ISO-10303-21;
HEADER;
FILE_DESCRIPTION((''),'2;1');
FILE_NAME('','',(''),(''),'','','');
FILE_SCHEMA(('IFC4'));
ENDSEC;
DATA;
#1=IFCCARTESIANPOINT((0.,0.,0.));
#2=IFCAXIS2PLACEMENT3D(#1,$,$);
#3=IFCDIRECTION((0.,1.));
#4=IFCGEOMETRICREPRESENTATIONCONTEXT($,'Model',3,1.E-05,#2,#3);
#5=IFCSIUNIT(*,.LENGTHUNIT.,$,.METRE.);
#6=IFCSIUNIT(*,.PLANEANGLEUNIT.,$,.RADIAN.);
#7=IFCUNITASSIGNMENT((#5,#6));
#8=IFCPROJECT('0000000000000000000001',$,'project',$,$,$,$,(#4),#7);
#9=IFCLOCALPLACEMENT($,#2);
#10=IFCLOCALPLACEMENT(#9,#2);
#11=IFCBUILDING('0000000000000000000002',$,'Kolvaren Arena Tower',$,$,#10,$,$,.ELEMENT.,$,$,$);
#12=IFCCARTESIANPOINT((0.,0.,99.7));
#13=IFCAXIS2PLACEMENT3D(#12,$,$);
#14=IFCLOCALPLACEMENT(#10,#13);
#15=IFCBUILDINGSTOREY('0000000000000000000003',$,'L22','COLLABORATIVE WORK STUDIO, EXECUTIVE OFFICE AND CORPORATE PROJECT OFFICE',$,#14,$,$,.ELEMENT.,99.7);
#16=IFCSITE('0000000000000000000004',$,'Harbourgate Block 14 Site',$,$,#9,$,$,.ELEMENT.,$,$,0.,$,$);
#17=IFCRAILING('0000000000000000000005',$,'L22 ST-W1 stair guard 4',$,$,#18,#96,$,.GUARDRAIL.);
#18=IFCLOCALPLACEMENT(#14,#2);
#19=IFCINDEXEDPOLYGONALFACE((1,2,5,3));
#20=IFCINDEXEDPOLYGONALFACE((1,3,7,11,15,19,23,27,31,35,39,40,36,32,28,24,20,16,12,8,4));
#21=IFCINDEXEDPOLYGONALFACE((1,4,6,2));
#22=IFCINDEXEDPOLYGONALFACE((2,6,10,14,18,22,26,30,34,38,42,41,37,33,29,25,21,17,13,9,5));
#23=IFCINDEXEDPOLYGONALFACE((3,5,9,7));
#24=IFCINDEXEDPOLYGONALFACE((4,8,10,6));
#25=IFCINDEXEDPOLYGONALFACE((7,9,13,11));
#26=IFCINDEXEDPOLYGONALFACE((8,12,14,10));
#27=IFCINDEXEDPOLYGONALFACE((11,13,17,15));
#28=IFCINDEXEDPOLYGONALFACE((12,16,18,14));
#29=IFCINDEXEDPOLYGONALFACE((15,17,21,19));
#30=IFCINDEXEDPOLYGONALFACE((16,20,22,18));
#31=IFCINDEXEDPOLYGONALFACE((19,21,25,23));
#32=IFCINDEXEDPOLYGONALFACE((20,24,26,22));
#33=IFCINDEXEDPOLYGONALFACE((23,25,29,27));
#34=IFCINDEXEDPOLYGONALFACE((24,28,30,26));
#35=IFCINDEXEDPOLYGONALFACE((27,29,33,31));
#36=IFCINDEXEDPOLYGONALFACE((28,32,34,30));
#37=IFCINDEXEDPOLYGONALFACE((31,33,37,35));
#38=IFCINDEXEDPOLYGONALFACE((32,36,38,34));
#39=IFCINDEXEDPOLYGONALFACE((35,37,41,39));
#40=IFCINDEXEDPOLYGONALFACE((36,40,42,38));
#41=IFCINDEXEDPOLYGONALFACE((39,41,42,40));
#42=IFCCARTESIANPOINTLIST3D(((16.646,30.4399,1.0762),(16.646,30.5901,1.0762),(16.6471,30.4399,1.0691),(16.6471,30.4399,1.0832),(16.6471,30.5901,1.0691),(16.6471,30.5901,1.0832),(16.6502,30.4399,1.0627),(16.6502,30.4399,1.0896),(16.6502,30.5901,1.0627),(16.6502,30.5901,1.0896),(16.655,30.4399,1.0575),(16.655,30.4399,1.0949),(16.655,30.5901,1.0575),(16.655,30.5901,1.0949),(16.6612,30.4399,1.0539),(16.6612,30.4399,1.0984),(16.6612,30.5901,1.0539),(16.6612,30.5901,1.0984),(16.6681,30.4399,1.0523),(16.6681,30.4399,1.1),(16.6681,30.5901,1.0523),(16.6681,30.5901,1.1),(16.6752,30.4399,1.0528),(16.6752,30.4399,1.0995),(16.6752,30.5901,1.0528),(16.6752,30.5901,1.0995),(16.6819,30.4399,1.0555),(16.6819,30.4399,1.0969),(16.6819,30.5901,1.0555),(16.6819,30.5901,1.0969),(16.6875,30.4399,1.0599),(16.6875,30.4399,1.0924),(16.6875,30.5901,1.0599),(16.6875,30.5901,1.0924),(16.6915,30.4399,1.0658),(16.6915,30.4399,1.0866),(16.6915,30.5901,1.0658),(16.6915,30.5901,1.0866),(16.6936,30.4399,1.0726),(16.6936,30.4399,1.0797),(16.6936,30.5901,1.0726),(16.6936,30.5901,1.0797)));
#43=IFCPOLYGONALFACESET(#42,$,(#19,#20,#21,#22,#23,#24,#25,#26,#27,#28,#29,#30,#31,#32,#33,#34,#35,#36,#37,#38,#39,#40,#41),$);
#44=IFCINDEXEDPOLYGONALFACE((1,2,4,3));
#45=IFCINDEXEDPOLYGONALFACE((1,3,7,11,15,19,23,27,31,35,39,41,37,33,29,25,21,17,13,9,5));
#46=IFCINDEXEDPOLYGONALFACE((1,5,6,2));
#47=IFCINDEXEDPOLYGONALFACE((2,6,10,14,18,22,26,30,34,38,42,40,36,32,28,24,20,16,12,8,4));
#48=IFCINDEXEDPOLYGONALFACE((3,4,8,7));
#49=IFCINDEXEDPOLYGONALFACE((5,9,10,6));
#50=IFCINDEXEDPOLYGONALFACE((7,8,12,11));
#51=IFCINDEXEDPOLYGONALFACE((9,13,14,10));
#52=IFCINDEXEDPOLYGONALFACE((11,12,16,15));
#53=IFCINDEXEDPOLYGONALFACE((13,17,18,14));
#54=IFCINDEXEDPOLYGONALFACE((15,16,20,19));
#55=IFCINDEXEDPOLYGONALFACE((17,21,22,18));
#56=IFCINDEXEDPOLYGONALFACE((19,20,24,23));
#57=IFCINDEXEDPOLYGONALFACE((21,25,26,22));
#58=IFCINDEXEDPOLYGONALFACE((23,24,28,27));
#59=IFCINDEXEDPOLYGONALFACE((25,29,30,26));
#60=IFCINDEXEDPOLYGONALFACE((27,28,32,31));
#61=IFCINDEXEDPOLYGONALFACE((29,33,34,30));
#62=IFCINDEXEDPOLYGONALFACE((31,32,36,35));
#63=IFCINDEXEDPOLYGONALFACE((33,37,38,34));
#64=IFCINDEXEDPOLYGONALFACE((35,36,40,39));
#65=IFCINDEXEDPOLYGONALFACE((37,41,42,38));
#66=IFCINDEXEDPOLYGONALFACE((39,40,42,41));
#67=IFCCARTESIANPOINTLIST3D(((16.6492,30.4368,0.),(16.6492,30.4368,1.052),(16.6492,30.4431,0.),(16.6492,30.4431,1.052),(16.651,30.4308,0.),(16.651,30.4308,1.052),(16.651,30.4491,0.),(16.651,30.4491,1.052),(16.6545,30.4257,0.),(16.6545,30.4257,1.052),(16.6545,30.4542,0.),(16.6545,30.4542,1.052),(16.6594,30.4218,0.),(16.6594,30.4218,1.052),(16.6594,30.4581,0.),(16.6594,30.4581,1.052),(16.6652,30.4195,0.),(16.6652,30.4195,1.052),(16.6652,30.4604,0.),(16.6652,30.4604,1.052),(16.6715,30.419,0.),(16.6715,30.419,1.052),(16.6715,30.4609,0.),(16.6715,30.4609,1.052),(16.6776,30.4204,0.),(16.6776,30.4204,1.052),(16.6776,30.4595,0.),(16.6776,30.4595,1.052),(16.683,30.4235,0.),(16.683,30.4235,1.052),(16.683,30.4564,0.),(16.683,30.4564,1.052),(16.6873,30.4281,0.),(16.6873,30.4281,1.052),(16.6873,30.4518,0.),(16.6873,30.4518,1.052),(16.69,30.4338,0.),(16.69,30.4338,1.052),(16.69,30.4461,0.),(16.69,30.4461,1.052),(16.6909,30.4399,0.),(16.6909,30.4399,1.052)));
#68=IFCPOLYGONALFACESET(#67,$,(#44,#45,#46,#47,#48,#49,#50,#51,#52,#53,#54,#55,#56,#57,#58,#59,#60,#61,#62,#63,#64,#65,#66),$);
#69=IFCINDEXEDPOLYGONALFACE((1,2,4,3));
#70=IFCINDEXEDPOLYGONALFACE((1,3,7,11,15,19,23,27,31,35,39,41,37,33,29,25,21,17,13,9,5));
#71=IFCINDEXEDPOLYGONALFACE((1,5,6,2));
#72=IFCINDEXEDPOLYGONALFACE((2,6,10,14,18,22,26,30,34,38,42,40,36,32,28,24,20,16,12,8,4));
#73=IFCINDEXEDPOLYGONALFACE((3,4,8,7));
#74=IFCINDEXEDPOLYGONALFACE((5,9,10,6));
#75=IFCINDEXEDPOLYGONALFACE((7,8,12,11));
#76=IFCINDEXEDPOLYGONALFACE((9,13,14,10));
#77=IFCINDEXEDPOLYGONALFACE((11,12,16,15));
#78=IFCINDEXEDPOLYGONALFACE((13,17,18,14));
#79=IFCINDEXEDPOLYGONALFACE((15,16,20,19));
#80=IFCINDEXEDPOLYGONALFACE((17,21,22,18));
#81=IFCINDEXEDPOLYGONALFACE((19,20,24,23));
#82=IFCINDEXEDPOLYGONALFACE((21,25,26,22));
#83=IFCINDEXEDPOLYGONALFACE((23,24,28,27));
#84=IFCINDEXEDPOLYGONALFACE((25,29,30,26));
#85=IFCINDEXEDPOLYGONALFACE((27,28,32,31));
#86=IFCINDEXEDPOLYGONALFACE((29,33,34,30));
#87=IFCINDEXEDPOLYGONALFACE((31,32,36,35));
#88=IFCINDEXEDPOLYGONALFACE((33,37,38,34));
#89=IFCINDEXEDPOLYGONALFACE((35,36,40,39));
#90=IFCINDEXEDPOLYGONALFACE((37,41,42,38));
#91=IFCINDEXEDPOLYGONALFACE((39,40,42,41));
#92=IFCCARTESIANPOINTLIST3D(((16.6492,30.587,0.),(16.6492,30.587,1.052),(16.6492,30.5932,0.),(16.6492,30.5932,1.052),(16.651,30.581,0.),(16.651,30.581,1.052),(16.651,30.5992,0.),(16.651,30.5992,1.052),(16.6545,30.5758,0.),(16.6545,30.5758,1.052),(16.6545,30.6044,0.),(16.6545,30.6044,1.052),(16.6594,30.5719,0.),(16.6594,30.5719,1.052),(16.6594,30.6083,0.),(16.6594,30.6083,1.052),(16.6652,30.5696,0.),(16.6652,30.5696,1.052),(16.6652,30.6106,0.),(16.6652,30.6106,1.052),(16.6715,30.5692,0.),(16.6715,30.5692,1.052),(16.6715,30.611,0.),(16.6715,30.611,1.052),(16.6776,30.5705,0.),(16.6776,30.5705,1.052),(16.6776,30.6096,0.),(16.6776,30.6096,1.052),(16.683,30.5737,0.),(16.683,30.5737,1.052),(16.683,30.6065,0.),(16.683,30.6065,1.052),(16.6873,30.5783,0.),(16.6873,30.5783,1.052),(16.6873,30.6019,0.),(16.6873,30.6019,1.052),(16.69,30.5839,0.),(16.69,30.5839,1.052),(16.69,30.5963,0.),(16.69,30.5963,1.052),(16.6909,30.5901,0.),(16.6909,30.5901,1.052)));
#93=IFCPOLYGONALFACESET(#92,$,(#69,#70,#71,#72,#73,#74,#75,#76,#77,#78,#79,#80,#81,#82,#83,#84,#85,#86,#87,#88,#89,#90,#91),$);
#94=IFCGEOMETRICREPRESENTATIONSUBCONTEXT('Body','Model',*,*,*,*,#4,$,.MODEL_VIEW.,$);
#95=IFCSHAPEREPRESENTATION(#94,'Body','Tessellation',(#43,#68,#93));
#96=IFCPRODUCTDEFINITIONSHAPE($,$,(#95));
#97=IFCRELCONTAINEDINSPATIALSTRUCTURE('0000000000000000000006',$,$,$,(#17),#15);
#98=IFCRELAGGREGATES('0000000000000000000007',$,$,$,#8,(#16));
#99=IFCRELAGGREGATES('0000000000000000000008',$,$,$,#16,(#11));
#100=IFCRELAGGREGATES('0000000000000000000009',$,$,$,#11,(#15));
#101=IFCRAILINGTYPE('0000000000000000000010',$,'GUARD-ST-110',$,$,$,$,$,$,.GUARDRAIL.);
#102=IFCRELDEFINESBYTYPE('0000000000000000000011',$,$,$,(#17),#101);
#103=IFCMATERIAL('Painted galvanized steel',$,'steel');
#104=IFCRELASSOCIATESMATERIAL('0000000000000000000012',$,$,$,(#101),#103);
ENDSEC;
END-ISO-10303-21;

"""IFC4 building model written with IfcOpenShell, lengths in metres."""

from ifc_helpers import new_model, si_unit, direction, frame, origin, origin_2d, place, context, subcontext, project, spatial, circle, extrude, material, type_object, element, save


model = new_model("IFC4")

# Units and contexts
model_context = context("Model", 3, precision=1e-05, world=origin(), true_north=direction((0.0, 1.0)))
body_context = subcontext(model_context, "Body", "Model", "MODEL_VIEW")
ifc_project = project(units=[si_unit("LENGTHUNIT", "METRE"), si_unit("PLANEANGLEUNIT", "RADIAN")], contexts=[model_context])

# Site, building, storey
site_placement = place(None, origin())
site = spatial("IfcSite", under=ifc_project, at=site_placement, Name="Harbourgate Block 14 Site", CompositionType="ELEMENT", RefElevation=0.0)
building_placement = place(site_placement, origin())
building = spatial("IfcBuilding", under=site, at=building_placement, Name="Kolvaren Arena Tower", CompositionType="ELEMENT")
storey_placement = place(building_placement, frame((0.0, 0.0, 99.7)))
storey = spatial("IfcBuildingStorey", under=building, at=storey_placement, Name="L22", Description="COLLABORATIVE WORK STUDIO, EXECUTIVE OFFICE AND CORPORATE PROJECT OFFICE", CompositionType="ELEMENT", Elevation=99.7)

# Railing
ifc_material_1 = material(Name="Painted galvanized steel", Category="steel")
railing_type_1 = type_object("IfcRailingType", Name="GUARD-ST-110", PredefinedType="GUARDRAIL", material=ifc_material_1)
railing_1_placement = place(storey_placement, frame((16.6699, 30.4399, 0.0)))
element("IfcRailing", 1, at=railing_1_placement, inside=storey, type_object=railing_type_1, Name="L22 ST-W1 stair guard 4", PredefinedType="GUARDRAIL", context=body_context, shape_type="SweptSolid", body=[
    extrude(circle(Radius=0.0239, at=origin_2d()), frame((0.0, 0.0, 1.0762), z_axis=(0.0, 1.0, 0.0), x_axis=(-1.0, 0.0, 0.0)), (0.0, 0.0, 1.0), 0.1501),
    extrude(circle(Radius=0.021, at=origin_2d()), origin(), (0.0, 0.0, 1.0), 1.052),
    extrude(circle(Radius=0.021, at=origin_2d()), frame((0.0, 0.1501, 0.0)), (0.0, 0.0, 1.0), 1.052),
])

save(model, "model.ifc")
